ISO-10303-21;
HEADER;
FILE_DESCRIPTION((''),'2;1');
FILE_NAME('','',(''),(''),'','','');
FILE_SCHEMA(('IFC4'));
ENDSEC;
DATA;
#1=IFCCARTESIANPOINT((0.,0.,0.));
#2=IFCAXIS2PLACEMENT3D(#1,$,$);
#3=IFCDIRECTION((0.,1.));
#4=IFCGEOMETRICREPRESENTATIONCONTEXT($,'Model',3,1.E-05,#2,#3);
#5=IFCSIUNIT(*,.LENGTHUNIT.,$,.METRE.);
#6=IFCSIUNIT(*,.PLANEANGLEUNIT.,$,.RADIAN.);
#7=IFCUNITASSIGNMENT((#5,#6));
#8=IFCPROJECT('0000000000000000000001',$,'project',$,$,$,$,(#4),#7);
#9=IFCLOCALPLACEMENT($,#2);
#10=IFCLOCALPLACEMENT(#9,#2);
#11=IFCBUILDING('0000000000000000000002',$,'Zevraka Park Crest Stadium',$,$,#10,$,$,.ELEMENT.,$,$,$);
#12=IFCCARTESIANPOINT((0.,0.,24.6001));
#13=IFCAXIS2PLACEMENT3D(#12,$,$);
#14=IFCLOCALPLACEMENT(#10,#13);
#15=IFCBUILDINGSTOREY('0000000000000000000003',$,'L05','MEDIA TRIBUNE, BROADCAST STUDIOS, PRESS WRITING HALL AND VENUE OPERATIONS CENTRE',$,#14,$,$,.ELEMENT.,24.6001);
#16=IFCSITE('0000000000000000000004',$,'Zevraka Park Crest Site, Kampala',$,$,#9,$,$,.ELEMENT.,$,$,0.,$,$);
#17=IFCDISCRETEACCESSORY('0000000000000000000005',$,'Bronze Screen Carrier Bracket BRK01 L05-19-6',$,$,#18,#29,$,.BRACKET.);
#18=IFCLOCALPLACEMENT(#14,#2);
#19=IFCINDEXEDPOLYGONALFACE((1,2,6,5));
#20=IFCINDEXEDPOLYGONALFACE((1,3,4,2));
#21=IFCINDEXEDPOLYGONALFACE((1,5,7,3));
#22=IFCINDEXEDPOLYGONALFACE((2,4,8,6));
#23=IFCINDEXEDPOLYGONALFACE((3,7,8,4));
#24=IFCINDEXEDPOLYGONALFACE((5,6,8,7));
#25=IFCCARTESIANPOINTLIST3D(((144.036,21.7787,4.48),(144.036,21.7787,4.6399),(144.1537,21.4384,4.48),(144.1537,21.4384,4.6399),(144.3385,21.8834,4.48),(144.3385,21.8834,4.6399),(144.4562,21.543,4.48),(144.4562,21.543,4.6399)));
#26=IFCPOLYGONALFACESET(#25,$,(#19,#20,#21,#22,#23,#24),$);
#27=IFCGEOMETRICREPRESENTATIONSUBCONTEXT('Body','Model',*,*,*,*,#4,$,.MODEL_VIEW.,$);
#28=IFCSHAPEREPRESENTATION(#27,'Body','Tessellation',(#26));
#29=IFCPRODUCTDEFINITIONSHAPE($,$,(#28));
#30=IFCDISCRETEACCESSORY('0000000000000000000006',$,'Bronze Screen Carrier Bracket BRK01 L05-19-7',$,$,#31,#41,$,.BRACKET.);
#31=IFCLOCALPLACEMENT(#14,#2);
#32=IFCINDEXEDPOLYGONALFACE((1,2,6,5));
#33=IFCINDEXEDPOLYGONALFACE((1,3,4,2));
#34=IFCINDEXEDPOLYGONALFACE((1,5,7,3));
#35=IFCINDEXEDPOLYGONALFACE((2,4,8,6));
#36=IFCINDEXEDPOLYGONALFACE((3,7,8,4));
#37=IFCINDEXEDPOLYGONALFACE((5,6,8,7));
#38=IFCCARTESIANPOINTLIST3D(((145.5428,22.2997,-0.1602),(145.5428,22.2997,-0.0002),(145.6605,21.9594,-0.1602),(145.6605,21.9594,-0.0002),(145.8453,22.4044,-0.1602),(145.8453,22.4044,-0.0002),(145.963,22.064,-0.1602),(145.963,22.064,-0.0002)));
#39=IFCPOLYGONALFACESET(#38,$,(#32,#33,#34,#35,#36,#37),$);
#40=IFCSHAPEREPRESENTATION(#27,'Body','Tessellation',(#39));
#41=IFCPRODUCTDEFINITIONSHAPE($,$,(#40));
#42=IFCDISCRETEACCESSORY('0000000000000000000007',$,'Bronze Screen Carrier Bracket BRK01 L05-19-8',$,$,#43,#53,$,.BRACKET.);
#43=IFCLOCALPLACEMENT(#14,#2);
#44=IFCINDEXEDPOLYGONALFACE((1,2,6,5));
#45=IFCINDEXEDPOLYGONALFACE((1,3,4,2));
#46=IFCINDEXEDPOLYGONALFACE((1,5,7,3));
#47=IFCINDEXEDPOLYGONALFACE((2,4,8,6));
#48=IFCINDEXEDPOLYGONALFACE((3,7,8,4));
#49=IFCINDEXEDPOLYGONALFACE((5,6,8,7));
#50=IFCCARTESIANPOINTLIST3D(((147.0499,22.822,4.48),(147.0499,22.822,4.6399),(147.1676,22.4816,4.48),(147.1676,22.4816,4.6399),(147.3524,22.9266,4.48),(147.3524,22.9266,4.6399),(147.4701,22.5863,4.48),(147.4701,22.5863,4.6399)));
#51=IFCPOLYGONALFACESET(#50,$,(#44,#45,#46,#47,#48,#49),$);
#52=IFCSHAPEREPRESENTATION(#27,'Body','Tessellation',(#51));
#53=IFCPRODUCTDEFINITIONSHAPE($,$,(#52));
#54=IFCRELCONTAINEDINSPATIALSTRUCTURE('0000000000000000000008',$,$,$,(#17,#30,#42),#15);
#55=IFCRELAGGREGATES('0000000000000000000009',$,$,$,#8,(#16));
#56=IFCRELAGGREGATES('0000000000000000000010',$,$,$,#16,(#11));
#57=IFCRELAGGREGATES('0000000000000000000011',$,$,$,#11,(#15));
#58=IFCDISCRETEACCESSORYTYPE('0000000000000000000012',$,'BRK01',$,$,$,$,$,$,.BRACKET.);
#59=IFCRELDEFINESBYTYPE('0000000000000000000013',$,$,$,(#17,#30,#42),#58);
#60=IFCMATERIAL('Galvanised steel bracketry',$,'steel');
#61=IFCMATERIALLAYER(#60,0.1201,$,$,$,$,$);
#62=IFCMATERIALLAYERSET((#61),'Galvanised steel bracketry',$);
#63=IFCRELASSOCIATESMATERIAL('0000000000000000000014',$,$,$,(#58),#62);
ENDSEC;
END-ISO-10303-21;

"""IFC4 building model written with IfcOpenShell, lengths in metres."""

from ifc_helpers import new_model, si_unit, direction, frame, origin, origin_2d, place, context, subcontext, project, spatial, rectangle, extrude, material, layer, layer_set, type_object, element, save


model = new_model("IFC4")

# Units and contexts
model_context = context("Model", 3, precision=1e-05, world=origin(), true_north=direction((0.0, 1.0)))
body_context = subcontext(model_context, "Body", "Model", "MODEL_VIEW")
ifc_project = project(units=[si_unit("LENGTHUNIT", "METRE"), si_unit("PLANEANGLEUNIT", "RADIAN")], contexts=[model_context])

# Site, building, storey
site_placement = place(None, origin())
site = spatial("IfcSite", under=ifc_project, at=site_placement, Name="Zevraka Park Crest Site, Kampala", CompositionType="ELEMENT", RefElevation=0.0)
building_placement = place(site_placement, origin())
building = spatial("IfcBuilding", under=site, at=building_placement, Name="Zevraka Park Crest Stadium", CompositionType="ELEMENT")
storey_placement = place(building_placement, frame((0.0, 0.0, 24.6001)))
storey = spatial("IfcBuildingStorey", under=building, at=storey_placement, Name="L05", Description="MEDIA TRIBUNE, BROADCAST STUDIOS, PRESS WRITING HALL AND VENUE OPERATIONS CENTRE", CompositionType="ELEMENT", Elevation=24.6001)

# Discrete accessories
ifc_material_1 = material(Name="Galvanised steel bracketry", Category="steel")
ifc_layer_1 = layer(ifc_material_1, 0.1201)
ifc_layer_set_1 = layer_set([ifc_layer_1], Name="Galvanised steel bracketry")
discrete_accessory_type = type_object("IfcDiscreteAccessoryType", Name="BRK01", PredefinedType="BRACKET", material=ifc_layer_set_1)
for number, where, z_axis, x_axis, name in (
    (1, (144.2461, 21.6609, 4.48), (0.0, 0.0, 1.0), (0.945063, 0.326888, 0.0), "Bronze Screen Carrier Bracket BRK01 L05-19-6"),
    (2, (145.7529, 22.1819, -0.1602), (0.0, 0.0, 1.0), (0.945063, 0.326888, 0.0), "Bronze Screen Carrier Bracket BRK01 L05-19-7"),
    (3, (147.26, 22.7041, 4.48), (0.0, 0.0, 1.0), (0.945063, 0.326888, 0.0), "Bronze Screen Carrier Bracket BRK01 L05-19-8"),
):
    element("IfcDiscreteAccessory", number, at=place(storey_placement, frame(where, z_axis=z_axis, x_axis=x_axis)), inside=storey, type_object=discrete_accessory_type, Name=name, PredefinedType="BRACKET", context=body_context, shape_type="SweptSolid", body=[
        extrude(rectangle(XDim=0.3201, YDim=0.3601, at=origin_2d()), origin(), (0.0, 0.0, 1.0), 0.1599),
    ])

save(model, "model.ifc")
